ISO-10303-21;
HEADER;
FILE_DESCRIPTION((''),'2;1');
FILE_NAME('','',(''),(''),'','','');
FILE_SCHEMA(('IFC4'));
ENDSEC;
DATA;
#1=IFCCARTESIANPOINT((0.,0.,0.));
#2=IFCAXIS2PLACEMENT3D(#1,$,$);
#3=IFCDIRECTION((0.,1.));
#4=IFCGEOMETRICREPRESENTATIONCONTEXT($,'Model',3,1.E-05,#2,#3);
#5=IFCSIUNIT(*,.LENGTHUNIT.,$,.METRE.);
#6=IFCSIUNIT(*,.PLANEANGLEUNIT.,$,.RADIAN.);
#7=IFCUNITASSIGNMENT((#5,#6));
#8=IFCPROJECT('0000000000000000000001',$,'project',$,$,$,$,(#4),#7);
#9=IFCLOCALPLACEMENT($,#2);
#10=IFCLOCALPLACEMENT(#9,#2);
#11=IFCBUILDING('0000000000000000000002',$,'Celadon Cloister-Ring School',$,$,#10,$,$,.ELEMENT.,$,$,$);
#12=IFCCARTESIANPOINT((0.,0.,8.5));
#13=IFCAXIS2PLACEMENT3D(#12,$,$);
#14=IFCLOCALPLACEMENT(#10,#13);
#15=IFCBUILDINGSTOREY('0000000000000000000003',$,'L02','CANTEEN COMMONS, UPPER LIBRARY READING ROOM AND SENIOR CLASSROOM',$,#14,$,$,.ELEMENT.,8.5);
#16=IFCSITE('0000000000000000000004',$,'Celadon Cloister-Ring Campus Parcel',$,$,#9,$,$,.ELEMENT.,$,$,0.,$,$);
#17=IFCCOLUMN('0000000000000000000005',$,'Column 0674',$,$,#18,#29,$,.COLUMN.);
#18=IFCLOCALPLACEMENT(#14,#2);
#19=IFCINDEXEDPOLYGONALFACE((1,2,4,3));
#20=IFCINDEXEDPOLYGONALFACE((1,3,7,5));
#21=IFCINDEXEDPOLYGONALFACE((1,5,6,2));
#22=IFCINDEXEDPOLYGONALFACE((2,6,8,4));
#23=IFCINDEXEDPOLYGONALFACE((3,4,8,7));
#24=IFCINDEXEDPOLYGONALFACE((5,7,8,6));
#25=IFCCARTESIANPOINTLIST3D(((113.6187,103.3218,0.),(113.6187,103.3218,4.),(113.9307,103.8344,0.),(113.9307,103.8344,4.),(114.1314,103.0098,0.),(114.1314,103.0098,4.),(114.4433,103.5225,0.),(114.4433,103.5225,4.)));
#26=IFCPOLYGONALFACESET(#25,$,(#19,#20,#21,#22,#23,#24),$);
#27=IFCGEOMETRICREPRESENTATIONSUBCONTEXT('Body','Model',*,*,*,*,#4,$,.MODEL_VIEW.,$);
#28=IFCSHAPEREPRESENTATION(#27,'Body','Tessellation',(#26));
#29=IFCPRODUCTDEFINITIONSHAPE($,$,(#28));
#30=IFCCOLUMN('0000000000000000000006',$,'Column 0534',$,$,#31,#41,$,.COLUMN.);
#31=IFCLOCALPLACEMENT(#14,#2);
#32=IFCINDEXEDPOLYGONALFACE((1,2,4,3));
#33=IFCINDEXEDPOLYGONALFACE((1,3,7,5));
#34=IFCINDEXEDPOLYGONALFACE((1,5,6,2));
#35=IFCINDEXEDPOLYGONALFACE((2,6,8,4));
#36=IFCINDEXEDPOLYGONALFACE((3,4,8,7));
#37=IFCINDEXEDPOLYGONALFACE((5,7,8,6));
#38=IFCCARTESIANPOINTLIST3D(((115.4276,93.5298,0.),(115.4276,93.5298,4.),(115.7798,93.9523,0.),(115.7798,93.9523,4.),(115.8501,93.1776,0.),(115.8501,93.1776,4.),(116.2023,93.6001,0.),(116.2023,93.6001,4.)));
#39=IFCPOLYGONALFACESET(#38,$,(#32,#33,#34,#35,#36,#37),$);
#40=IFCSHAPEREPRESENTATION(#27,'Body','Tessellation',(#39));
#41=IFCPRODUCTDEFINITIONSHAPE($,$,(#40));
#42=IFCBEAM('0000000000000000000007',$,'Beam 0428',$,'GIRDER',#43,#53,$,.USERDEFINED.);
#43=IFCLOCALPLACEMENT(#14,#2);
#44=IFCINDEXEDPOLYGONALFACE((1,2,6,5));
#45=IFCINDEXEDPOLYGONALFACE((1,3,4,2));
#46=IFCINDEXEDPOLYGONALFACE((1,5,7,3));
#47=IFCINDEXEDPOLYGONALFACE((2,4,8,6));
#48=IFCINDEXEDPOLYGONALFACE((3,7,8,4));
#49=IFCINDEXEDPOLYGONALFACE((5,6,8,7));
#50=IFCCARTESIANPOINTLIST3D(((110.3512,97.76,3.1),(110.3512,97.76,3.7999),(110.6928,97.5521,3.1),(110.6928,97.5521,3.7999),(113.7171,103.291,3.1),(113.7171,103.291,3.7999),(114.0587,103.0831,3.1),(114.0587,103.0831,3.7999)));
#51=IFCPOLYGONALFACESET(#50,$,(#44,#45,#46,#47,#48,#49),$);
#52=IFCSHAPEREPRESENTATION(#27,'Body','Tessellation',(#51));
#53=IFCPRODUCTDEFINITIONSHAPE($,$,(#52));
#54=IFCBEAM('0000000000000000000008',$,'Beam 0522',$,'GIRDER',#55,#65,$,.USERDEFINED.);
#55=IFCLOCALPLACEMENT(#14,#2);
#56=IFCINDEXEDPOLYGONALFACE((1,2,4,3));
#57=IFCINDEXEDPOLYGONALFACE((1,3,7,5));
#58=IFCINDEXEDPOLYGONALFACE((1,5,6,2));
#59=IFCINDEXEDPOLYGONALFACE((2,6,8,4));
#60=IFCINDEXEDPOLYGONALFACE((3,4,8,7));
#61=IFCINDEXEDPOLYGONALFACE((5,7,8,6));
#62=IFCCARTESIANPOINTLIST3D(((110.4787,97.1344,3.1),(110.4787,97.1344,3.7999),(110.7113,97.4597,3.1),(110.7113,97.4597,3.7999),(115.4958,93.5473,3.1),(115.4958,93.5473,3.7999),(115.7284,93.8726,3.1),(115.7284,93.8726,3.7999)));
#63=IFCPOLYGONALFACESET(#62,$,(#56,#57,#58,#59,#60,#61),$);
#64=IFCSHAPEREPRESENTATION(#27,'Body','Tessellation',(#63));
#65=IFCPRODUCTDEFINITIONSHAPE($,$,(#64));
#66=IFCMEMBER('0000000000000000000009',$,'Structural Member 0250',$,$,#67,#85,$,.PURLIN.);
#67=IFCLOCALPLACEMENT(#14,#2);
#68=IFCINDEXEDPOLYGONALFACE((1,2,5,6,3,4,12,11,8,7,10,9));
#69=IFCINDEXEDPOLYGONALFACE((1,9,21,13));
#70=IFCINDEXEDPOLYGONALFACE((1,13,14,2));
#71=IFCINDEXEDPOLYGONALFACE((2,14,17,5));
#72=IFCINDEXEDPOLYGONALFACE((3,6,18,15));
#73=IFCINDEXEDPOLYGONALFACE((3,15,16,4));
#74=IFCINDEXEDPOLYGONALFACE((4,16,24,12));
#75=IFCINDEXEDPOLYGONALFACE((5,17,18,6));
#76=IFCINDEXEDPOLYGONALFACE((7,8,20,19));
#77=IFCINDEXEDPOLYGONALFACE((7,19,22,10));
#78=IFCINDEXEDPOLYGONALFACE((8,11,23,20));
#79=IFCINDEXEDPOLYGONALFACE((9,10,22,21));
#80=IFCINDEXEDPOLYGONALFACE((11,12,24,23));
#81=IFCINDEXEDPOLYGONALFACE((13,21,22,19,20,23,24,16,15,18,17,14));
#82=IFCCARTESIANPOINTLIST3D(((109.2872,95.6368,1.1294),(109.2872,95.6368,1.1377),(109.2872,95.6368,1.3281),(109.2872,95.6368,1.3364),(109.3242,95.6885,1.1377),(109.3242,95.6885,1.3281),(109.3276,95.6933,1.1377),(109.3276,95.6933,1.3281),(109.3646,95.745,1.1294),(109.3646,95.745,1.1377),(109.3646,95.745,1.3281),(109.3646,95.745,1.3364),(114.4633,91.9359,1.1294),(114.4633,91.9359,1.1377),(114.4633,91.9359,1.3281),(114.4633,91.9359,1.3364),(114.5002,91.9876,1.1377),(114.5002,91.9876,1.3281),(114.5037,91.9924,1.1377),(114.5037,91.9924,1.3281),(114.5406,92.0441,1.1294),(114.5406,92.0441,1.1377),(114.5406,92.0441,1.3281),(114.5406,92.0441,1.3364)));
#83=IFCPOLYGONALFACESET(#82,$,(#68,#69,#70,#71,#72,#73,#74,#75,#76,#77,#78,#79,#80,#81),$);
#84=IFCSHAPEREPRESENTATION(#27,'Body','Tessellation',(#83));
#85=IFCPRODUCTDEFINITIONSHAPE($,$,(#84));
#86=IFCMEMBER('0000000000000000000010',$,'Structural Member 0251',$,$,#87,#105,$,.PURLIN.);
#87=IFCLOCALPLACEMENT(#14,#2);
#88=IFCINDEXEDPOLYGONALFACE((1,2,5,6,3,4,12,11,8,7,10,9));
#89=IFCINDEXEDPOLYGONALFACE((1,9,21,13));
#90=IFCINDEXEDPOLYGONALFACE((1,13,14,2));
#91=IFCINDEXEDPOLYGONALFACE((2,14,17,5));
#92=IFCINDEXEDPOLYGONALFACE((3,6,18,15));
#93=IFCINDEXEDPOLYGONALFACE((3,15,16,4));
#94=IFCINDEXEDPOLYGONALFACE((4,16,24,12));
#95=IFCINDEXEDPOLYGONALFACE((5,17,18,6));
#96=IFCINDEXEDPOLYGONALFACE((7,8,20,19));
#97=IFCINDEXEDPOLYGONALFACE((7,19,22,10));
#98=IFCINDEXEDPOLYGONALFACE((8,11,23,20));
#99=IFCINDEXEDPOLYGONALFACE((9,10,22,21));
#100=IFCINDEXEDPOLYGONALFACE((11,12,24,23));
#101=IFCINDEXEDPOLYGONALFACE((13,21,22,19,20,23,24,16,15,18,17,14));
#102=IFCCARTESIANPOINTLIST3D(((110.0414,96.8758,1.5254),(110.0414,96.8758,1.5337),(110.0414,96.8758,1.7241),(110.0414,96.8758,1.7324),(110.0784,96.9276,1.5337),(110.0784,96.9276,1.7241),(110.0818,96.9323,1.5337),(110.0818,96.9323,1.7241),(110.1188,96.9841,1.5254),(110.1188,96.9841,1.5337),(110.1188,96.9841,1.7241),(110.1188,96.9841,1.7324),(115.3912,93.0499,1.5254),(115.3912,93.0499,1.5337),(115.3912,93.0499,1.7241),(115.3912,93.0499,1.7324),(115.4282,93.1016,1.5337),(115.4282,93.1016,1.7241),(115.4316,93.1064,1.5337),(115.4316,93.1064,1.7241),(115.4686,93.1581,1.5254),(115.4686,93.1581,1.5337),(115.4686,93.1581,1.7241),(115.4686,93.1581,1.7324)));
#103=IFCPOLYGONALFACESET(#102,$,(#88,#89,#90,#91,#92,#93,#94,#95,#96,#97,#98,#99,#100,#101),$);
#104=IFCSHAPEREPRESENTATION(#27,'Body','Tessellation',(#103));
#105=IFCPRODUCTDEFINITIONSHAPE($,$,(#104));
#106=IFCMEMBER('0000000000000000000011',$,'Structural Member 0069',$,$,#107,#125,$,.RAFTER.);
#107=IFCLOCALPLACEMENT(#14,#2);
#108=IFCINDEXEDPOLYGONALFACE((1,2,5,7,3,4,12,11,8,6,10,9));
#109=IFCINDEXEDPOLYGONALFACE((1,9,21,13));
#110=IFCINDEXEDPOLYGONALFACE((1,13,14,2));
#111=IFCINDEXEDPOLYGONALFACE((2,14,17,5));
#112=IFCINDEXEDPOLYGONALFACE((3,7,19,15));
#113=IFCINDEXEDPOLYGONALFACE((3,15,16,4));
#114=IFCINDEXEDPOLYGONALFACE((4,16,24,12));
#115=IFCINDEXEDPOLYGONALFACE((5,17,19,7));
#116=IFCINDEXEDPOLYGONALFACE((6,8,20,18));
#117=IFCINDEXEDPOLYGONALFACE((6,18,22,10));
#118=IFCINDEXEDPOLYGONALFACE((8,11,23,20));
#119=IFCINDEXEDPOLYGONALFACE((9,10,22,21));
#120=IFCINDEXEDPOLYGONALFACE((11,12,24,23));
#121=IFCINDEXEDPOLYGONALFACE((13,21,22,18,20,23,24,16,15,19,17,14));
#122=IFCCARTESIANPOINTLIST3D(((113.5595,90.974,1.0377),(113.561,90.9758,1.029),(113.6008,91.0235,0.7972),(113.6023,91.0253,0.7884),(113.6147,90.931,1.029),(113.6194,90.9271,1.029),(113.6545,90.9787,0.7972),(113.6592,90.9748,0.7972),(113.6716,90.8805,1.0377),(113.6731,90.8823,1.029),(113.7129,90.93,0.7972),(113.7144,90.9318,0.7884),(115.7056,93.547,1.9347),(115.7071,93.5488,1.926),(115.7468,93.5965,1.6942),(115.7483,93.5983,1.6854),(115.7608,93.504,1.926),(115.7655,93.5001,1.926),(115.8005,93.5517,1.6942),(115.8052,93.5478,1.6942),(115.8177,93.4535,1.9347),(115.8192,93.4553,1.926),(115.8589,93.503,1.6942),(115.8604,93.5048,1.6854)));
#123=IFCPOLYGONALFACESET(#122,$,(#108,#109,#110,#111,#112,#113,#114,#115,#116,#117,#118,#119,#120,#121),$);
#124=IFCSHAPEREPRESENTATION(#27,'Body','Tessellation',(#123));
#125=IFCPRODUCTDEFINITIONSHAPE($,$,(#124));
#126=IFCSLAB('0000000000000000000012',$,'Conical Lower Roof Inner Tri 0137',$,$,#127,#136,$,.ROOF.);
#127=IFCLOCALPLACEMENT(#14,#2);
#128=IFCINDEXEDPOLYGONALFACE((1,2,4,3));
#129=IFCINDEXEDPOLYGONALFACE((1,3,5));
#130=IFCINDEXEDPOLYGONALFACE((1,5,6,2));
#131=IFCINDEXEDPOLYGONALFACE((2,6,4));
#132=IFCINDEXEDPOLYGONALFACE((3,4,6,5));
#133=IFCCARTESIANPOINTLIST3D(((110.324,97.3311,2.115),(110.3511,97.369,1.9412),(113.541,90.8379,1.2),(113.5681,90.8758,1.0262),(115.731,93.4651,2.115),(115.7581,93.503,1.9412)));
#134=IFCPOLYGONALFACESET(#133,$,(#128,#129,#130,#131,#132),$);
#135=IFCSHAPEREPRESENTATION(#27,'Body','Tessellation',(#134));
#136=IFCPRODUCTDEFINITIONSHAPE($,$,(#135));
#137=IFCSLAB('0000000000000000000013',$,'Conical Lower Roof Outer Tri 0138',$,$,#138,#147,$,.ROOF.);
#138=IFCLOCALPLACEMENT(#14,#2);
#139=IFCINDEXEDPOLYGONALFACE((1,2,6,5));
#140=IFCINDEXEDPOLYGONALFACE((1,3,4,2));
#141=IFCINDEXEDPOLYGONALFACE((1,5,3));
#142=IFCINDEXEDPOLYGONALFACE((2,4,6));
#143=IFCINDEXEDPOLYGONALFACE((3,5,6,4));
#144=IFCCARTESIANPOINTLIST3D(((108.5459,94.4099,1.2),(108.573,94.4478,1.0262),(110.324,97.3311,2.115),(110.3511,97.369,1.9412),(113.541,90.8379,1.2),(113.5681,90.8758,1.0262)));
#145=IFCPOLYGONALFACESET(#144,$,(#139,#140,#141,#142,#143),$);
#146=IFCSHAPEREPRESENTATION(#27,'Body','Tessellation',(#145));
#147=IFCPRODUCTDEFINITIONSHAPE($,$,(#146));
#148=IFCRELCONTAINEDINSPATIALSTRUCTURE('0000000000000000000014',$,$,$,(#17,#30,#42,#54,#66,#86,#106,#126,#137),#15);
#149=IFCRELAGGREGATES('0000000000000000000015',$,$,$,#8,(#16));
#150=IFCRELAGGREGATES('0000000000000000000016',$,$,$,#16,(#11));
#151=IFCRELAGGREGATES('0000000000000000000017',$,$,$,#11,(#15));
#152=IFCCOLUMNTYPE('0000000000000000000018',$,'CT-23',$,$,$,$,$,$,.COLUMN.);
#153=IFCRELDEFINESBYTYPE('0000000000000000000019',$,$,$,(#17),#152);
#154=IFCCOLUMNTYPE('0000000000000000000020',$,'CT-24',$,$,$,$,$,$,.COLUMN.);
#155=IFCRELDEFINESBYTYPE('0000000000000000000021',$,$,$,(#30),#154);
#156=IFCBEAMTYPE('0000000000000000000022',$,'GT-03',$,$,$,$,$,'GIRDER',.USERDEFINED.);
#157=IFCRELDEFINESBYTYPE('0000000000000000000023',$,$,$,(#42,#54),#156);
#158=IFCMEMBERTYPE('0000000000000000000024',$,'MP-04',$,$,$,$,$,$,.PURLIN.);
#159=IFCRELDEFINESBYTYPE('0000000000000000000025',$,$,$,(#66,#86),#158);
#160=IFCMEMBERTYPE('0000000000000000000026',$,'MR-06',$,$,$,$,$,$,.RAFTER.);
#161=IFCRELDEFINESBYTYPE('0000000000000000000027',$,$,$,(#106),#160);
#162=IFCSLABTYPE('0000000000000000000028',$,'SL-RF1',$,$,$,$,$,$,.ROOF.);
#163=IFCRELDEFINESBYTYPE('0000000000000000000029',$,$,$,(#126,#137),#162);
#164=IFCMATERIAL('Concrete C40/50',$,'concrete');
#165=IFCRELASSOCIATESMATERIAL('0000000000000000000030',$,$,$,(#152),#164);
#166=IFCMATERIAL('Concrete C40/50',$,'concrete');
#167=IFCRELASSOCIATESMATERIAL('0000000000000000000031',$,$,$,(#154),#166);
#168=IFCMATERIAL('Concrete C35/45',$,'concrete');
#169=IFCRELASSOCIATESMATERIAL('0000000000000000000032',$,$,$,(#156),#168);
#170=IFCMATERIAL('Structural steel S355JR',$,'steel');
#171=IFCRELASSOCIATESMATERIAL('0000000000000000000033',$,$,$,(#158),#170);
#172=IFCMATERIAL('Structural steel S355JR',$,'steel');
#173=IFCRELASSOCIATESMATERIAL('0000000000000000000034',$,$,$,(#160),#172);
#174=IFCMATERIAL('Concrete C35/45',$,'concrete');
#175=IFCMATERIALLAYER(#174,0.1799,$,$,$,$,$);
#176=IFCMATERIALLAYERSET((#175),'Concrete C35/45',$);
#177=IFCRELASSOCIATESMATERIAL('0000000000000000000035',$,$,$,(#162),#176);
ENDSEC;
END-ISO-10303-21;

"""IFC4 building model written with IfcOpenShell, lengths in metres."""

from ifc_helpers import new_model, si_unit, direction, frame, origin, origin_2d, place, context, subcontext, project, spatial, polyline, rectangle, i_section, outline, extrude, material, layer, layer_set, material_profile, profile_set, type_object, element, save


model = new_model("IFC4")

# Units and contexts
model_context = context("Model", 3, precision=1e-05, world=origin(), true_north=direction((0.0, 1.0)))
body_context = subcontext(model_context, "Body", "Model", "MODEL_VIEW")
ifc_project = project(units=[si_unit("LENGTHUNIT", "METRE"), si_unit("PLANEANGLEUNIT", "RADIAN")], contexts=[model_context])

# Site, building, storey
site_placement = place(None, origin())
site = spatial("IfcSite", under=ifc_project, at=site_placement, Name="Celadon Cloister-Ring Campus Parcel", CompositionType="ELEMENT", RefElevation=0.0)
building_placement = place(site_placement, origin())
building = spatial("IfcBuilding", under=site, at=building_placement, Name="Celadon Cloister-Ring School", CompositionType="ELEMENT")
storey_placement = place(building_placement, frame((0.0, 0.0, 8.5)))
storey = spatial("IfcBuildingStorey", under=building, at=storey_placement, Name="L02", Description="CANTEEN COMMONS, UPPER LIBRARY READING ROOM AND SENIOR CLASSROOM", CompositionType="ELEMENT", Elevation=8.5)

# Columns
ifc_material_1 = material(Name="Concrete C40/50", Category="concrete")
ifc_material_profile_1 = material_profile(ifc_material_1, rectangle(XDim=0.6001, YDim=0.6001, at=origin_2d()), Name="RC600X600")
ifc_profile_set_1 = profile_set([ifc_material_profile_1], Name="Concrete C40/50")
column_type_1 = type_object("IfcColumnType", Name="CT-23", PredefinedType="COLUMN", material=ifc_profile_set_1)
column_1_placement = place(storey_placement, frame((114.031, 103.4221, 0.0), z_axis=(0.0, 0.0, 1.0), x_axis=(0.519817, 0.854277, 0.0)))
element("IfcColumn", 1, at=column_1_placement, inside=storey, type_object=column_type_1, Name="Column 0674", PredefinedType="COLUMN", context=body_context, shape_type="SweptSolid", body=[
    extrude(rectangle(XDim=0.6001, YDim=0.6001, at=origin_2d()), origin(), (0.0, 0.0, 1.0), 4.0),
])
ifc_material_2 = material(Name="Concrete C40/50", Category="concrete")
ifc_material_profile_2 = material_profile(ifc_material_2, rectangle(XDim=0.55, YDim=0.55, at=origin_2d()), Name="RC550X550")
ifc_profile_set_2 = profile_set([ifc_material_profile_2], Name="Concrete C40/50")
column_type_2 = type_object("IfcColumnType", Name="CT-24", PredefinedType="COLUMN", material=ifc_profile_set_2)
column_2_placement = place(storey_placement, frame((115.8149, 93.5649, 0.0), z_axis=(0.0, 0.0, 1.0), x_axis=(0.640324, 0.768105, 0.0)))
element("IfcColumn", 2, at=column_2_placement, inside=storey, type_object=column_type_2, Name="Column 0534", PredefinedType="COLUMN", context=body_context, shape_type="SweptSolid", body=[
    extrude(rectangle(XDim=0.55, YDim=0.55, at=origin_2d()), origin(), (0.0, 0.0, 1.0), 4.0),
])

# Beams
ifc_material_3 = material(Name="Concrete C35/45", Category="concrete")
ifc_material_profile_3 = material_profile(ifc_material_3, rectangle(XDim=0.3999, YDim=0.7, at=origin_2d()), Name="RC400X700")
ifc_profile_set_3 = profile_set([ifc_material_profile_3], Name="Concrete C35/45")
beam_type = type_object("IfcBeamType", Name="GT-03", ElementType="GIRDER", PredefinedType="USERDEFINED", material=ifc_profile_set_3)
beam_1_placement = place(storey_placement, frame((113.8879, 103.187, 3.45), z_axis=(-0.519864, -0.854249, 0.0), x_axis=(0.854249, -0.519864, 0.0)))
element("IfcBeam", 3, at=beam_1_placement, inside=storey, type_object=beam_type, Name="Beam 0428", ObjectType="GIRDER", PredefinedType="USERDEFINED", context=body_context, shape_type="SweptSolid", body=[
    extrude(rectangle(XDim=0.3999, YDim=0.7, at=origin_2d()), origin(), (0.0, 0.0, 1.0), 6.4746),
])
beam_2_placement = place(storey_placement, frame((115.6121, 93.71, 3.45), z_axis=(-0.813463, 0.581616, 0.0), x_axis=(-0.581616, -0.813463, 0.0)))
element("IfcBeam", 4, at=beam_2_placement, inside=storey, type_object=beam_type, Name="Beam 0522", ObjectType="GIRDER", PredefinedType="USERDEFINED", context=body_context, shape_type="SweptSolid", body=[
    extrude(rectangle(XDim=0.3999, YDim=0.7, at=origin_2d()), origin(), (0.0, 0.0, 1.0), 6.1675),
])

# Members
ifc_material_4 = material(Name="Structural steel S355JR", Category="steel")
ifc_material_profile_4 = material_profile(ifc_material_4, i_section(OverallWidth=0.1331, OverallDepth=0.207, WebThickness=0.0059, FlangeThickness=0.0083, at=origin_2d()), Name="W200X27")
ifc_profile_set_4 = profile_set([ifc_material_profile_4], Name="Structural steel S355JR")
member_type_1 = type_object("IfcMemberType", Name="MP-04", PredefinedType="PURLIN", material=ifc_profile_set_4)
member_1_placement = place(storey_placement, frame((114.502, 91.99, 1.2329), z_axis=(-0.813453, 0.58163, 0.0), x_axis=(-0.58163, -0.813453, 0.0)))
element("IfcMember", 5, at=member_1_placement, inside=storey, type_object=member_type_1, Name="Structural Member 0250", PredefinedType="PURLIN", context=body_context, shape_type="SweptSolid", body=[
    extrude(i_section(OverallWidth=0.1331, OverallDepth=0.207, WebThickness=0.0059, FlangeThickness=0.0083, at=origin_2d()), origin(), (0.0, 0.0, 1.0), 6.363),
])
member_2_placement = place(storey_placement, frame((115.4299, 93.104, 1.6289), z_axis=(-0.813402, 0.581702, 0.0), x_axis=(-0.581702, -0.813402, 0.0)))
element("IfcMember", 6, at=member_2_placement, inside=storey, type_object=member_type_1, Name="Structural Member 0251", PredefinedType="PURLIN", context=body_context, shape_type="SweptSolid", body=[
    extrude(i_section(OverallWidth=0.1331, OverallDepth=0.207, WebThickness=0.0059, FlangeThickness=0.0083, at=origin_2d()), origin(), (0.0, 0.0, 1.0), 6.5771),
])
ifc_material_5 = material(Name="Structural steel S355JR", Category="steel")
ifc_material_profile_5 = material_profile(ifc_material_5, i_section(OverallWidth=0.146, OverallDepth=0.2581, WebThickness=0.0061, FlangeThickness=0.009, at=origin_2d()), Name="W250X33")
ifc_profile_set_5 = profile_set([ifc_material_profile_5], Name="Structural steel S355JR")
member_type_2 = type_object("IfcMemberType", Name="MR-06", PredefinedType="RAFTER", material=ifc_profile_set_5)
member_3_placement = place(storey_placement, frame((113.637, 90.9529, 0.9131), z_axis=(0.618718, 0.741828, 0.258609), x_axis=(-0.767952, 0.640507, 0.0)))
element("IfcMember", 7, at=member_3_placement, inside=storey, type_object=member_type_2, Name="Structural Member 0069", PredefinedType="RAFTER", context=body_context, shape_type="SweptSolid", body=[
    extrude(i_section(OverallWidth=0.146, OverallDepth=0.2581, WebThickness=0.0061, FlangeThickness=0.009, at=origin_2d()), origin(), (0.0, 0.0, 1.0), 3.4685),
])

# Slabs
ifc_material_6 = material(Name="Concrete C35/45", Category="concrete")
ifc_layer_1 = layer(ifc_material_6, 0.1799)
ifc_layer_set_1 = layer_set([ifc_layer_1], Name="Concrete C35/45")
slab_type = type_object("IfcSlabType", Name="SL-RF1", PredefinedType="ROOF", material=ifc_layer_set_1)
slab_1_placement = place(storey_placement, frame((113.541, 90.8379, 1.2), z_axis=(-0.150705, -0.210777, 0.965847), x_axis=(0.618536, 0.742036, 0.258447)))
element("IfcSlab", 8, at=slab_1_placement, inside=storey, type_object=slab_type, Name="Conical Lower Roof Inner Tri 0137", PredefinedType="ROOF", context=body_context, shape_type="SweptSolid", body=[
    extrude(outline(polyline([(0.0, 0.0), (3.5405, 0.0), (3.0648, 6.6298), (0.0, 0.0)])), origin(), (0.0, 0.0, -1.0), 0.1799),
])
slab_2_placement = place(storey_placement, frame((113.541, 90.8379, 1.2), z_axis=(-0.150738, -0.210793, 0.965839), x_axis=(-0.440452, 0.888992, 0.12528)))
element("IfcSlab", 9, at=slab_2_placement, inside=storey, type_object=slab_type, Name="Conical Lower Roof Outer Tri 0138", PredefinedType="ROOF", context=body_context, shape_type="SweptSolid", body=[
    extrude(outline(polyline([(0.0, 0.0), (7.304, 0.0), (5.3756, 2.9687), (0.0, 0.0)])), origin(), (0.0, 0.0, -1.0), 0.1799),
])

save(model, "model.ifc")
